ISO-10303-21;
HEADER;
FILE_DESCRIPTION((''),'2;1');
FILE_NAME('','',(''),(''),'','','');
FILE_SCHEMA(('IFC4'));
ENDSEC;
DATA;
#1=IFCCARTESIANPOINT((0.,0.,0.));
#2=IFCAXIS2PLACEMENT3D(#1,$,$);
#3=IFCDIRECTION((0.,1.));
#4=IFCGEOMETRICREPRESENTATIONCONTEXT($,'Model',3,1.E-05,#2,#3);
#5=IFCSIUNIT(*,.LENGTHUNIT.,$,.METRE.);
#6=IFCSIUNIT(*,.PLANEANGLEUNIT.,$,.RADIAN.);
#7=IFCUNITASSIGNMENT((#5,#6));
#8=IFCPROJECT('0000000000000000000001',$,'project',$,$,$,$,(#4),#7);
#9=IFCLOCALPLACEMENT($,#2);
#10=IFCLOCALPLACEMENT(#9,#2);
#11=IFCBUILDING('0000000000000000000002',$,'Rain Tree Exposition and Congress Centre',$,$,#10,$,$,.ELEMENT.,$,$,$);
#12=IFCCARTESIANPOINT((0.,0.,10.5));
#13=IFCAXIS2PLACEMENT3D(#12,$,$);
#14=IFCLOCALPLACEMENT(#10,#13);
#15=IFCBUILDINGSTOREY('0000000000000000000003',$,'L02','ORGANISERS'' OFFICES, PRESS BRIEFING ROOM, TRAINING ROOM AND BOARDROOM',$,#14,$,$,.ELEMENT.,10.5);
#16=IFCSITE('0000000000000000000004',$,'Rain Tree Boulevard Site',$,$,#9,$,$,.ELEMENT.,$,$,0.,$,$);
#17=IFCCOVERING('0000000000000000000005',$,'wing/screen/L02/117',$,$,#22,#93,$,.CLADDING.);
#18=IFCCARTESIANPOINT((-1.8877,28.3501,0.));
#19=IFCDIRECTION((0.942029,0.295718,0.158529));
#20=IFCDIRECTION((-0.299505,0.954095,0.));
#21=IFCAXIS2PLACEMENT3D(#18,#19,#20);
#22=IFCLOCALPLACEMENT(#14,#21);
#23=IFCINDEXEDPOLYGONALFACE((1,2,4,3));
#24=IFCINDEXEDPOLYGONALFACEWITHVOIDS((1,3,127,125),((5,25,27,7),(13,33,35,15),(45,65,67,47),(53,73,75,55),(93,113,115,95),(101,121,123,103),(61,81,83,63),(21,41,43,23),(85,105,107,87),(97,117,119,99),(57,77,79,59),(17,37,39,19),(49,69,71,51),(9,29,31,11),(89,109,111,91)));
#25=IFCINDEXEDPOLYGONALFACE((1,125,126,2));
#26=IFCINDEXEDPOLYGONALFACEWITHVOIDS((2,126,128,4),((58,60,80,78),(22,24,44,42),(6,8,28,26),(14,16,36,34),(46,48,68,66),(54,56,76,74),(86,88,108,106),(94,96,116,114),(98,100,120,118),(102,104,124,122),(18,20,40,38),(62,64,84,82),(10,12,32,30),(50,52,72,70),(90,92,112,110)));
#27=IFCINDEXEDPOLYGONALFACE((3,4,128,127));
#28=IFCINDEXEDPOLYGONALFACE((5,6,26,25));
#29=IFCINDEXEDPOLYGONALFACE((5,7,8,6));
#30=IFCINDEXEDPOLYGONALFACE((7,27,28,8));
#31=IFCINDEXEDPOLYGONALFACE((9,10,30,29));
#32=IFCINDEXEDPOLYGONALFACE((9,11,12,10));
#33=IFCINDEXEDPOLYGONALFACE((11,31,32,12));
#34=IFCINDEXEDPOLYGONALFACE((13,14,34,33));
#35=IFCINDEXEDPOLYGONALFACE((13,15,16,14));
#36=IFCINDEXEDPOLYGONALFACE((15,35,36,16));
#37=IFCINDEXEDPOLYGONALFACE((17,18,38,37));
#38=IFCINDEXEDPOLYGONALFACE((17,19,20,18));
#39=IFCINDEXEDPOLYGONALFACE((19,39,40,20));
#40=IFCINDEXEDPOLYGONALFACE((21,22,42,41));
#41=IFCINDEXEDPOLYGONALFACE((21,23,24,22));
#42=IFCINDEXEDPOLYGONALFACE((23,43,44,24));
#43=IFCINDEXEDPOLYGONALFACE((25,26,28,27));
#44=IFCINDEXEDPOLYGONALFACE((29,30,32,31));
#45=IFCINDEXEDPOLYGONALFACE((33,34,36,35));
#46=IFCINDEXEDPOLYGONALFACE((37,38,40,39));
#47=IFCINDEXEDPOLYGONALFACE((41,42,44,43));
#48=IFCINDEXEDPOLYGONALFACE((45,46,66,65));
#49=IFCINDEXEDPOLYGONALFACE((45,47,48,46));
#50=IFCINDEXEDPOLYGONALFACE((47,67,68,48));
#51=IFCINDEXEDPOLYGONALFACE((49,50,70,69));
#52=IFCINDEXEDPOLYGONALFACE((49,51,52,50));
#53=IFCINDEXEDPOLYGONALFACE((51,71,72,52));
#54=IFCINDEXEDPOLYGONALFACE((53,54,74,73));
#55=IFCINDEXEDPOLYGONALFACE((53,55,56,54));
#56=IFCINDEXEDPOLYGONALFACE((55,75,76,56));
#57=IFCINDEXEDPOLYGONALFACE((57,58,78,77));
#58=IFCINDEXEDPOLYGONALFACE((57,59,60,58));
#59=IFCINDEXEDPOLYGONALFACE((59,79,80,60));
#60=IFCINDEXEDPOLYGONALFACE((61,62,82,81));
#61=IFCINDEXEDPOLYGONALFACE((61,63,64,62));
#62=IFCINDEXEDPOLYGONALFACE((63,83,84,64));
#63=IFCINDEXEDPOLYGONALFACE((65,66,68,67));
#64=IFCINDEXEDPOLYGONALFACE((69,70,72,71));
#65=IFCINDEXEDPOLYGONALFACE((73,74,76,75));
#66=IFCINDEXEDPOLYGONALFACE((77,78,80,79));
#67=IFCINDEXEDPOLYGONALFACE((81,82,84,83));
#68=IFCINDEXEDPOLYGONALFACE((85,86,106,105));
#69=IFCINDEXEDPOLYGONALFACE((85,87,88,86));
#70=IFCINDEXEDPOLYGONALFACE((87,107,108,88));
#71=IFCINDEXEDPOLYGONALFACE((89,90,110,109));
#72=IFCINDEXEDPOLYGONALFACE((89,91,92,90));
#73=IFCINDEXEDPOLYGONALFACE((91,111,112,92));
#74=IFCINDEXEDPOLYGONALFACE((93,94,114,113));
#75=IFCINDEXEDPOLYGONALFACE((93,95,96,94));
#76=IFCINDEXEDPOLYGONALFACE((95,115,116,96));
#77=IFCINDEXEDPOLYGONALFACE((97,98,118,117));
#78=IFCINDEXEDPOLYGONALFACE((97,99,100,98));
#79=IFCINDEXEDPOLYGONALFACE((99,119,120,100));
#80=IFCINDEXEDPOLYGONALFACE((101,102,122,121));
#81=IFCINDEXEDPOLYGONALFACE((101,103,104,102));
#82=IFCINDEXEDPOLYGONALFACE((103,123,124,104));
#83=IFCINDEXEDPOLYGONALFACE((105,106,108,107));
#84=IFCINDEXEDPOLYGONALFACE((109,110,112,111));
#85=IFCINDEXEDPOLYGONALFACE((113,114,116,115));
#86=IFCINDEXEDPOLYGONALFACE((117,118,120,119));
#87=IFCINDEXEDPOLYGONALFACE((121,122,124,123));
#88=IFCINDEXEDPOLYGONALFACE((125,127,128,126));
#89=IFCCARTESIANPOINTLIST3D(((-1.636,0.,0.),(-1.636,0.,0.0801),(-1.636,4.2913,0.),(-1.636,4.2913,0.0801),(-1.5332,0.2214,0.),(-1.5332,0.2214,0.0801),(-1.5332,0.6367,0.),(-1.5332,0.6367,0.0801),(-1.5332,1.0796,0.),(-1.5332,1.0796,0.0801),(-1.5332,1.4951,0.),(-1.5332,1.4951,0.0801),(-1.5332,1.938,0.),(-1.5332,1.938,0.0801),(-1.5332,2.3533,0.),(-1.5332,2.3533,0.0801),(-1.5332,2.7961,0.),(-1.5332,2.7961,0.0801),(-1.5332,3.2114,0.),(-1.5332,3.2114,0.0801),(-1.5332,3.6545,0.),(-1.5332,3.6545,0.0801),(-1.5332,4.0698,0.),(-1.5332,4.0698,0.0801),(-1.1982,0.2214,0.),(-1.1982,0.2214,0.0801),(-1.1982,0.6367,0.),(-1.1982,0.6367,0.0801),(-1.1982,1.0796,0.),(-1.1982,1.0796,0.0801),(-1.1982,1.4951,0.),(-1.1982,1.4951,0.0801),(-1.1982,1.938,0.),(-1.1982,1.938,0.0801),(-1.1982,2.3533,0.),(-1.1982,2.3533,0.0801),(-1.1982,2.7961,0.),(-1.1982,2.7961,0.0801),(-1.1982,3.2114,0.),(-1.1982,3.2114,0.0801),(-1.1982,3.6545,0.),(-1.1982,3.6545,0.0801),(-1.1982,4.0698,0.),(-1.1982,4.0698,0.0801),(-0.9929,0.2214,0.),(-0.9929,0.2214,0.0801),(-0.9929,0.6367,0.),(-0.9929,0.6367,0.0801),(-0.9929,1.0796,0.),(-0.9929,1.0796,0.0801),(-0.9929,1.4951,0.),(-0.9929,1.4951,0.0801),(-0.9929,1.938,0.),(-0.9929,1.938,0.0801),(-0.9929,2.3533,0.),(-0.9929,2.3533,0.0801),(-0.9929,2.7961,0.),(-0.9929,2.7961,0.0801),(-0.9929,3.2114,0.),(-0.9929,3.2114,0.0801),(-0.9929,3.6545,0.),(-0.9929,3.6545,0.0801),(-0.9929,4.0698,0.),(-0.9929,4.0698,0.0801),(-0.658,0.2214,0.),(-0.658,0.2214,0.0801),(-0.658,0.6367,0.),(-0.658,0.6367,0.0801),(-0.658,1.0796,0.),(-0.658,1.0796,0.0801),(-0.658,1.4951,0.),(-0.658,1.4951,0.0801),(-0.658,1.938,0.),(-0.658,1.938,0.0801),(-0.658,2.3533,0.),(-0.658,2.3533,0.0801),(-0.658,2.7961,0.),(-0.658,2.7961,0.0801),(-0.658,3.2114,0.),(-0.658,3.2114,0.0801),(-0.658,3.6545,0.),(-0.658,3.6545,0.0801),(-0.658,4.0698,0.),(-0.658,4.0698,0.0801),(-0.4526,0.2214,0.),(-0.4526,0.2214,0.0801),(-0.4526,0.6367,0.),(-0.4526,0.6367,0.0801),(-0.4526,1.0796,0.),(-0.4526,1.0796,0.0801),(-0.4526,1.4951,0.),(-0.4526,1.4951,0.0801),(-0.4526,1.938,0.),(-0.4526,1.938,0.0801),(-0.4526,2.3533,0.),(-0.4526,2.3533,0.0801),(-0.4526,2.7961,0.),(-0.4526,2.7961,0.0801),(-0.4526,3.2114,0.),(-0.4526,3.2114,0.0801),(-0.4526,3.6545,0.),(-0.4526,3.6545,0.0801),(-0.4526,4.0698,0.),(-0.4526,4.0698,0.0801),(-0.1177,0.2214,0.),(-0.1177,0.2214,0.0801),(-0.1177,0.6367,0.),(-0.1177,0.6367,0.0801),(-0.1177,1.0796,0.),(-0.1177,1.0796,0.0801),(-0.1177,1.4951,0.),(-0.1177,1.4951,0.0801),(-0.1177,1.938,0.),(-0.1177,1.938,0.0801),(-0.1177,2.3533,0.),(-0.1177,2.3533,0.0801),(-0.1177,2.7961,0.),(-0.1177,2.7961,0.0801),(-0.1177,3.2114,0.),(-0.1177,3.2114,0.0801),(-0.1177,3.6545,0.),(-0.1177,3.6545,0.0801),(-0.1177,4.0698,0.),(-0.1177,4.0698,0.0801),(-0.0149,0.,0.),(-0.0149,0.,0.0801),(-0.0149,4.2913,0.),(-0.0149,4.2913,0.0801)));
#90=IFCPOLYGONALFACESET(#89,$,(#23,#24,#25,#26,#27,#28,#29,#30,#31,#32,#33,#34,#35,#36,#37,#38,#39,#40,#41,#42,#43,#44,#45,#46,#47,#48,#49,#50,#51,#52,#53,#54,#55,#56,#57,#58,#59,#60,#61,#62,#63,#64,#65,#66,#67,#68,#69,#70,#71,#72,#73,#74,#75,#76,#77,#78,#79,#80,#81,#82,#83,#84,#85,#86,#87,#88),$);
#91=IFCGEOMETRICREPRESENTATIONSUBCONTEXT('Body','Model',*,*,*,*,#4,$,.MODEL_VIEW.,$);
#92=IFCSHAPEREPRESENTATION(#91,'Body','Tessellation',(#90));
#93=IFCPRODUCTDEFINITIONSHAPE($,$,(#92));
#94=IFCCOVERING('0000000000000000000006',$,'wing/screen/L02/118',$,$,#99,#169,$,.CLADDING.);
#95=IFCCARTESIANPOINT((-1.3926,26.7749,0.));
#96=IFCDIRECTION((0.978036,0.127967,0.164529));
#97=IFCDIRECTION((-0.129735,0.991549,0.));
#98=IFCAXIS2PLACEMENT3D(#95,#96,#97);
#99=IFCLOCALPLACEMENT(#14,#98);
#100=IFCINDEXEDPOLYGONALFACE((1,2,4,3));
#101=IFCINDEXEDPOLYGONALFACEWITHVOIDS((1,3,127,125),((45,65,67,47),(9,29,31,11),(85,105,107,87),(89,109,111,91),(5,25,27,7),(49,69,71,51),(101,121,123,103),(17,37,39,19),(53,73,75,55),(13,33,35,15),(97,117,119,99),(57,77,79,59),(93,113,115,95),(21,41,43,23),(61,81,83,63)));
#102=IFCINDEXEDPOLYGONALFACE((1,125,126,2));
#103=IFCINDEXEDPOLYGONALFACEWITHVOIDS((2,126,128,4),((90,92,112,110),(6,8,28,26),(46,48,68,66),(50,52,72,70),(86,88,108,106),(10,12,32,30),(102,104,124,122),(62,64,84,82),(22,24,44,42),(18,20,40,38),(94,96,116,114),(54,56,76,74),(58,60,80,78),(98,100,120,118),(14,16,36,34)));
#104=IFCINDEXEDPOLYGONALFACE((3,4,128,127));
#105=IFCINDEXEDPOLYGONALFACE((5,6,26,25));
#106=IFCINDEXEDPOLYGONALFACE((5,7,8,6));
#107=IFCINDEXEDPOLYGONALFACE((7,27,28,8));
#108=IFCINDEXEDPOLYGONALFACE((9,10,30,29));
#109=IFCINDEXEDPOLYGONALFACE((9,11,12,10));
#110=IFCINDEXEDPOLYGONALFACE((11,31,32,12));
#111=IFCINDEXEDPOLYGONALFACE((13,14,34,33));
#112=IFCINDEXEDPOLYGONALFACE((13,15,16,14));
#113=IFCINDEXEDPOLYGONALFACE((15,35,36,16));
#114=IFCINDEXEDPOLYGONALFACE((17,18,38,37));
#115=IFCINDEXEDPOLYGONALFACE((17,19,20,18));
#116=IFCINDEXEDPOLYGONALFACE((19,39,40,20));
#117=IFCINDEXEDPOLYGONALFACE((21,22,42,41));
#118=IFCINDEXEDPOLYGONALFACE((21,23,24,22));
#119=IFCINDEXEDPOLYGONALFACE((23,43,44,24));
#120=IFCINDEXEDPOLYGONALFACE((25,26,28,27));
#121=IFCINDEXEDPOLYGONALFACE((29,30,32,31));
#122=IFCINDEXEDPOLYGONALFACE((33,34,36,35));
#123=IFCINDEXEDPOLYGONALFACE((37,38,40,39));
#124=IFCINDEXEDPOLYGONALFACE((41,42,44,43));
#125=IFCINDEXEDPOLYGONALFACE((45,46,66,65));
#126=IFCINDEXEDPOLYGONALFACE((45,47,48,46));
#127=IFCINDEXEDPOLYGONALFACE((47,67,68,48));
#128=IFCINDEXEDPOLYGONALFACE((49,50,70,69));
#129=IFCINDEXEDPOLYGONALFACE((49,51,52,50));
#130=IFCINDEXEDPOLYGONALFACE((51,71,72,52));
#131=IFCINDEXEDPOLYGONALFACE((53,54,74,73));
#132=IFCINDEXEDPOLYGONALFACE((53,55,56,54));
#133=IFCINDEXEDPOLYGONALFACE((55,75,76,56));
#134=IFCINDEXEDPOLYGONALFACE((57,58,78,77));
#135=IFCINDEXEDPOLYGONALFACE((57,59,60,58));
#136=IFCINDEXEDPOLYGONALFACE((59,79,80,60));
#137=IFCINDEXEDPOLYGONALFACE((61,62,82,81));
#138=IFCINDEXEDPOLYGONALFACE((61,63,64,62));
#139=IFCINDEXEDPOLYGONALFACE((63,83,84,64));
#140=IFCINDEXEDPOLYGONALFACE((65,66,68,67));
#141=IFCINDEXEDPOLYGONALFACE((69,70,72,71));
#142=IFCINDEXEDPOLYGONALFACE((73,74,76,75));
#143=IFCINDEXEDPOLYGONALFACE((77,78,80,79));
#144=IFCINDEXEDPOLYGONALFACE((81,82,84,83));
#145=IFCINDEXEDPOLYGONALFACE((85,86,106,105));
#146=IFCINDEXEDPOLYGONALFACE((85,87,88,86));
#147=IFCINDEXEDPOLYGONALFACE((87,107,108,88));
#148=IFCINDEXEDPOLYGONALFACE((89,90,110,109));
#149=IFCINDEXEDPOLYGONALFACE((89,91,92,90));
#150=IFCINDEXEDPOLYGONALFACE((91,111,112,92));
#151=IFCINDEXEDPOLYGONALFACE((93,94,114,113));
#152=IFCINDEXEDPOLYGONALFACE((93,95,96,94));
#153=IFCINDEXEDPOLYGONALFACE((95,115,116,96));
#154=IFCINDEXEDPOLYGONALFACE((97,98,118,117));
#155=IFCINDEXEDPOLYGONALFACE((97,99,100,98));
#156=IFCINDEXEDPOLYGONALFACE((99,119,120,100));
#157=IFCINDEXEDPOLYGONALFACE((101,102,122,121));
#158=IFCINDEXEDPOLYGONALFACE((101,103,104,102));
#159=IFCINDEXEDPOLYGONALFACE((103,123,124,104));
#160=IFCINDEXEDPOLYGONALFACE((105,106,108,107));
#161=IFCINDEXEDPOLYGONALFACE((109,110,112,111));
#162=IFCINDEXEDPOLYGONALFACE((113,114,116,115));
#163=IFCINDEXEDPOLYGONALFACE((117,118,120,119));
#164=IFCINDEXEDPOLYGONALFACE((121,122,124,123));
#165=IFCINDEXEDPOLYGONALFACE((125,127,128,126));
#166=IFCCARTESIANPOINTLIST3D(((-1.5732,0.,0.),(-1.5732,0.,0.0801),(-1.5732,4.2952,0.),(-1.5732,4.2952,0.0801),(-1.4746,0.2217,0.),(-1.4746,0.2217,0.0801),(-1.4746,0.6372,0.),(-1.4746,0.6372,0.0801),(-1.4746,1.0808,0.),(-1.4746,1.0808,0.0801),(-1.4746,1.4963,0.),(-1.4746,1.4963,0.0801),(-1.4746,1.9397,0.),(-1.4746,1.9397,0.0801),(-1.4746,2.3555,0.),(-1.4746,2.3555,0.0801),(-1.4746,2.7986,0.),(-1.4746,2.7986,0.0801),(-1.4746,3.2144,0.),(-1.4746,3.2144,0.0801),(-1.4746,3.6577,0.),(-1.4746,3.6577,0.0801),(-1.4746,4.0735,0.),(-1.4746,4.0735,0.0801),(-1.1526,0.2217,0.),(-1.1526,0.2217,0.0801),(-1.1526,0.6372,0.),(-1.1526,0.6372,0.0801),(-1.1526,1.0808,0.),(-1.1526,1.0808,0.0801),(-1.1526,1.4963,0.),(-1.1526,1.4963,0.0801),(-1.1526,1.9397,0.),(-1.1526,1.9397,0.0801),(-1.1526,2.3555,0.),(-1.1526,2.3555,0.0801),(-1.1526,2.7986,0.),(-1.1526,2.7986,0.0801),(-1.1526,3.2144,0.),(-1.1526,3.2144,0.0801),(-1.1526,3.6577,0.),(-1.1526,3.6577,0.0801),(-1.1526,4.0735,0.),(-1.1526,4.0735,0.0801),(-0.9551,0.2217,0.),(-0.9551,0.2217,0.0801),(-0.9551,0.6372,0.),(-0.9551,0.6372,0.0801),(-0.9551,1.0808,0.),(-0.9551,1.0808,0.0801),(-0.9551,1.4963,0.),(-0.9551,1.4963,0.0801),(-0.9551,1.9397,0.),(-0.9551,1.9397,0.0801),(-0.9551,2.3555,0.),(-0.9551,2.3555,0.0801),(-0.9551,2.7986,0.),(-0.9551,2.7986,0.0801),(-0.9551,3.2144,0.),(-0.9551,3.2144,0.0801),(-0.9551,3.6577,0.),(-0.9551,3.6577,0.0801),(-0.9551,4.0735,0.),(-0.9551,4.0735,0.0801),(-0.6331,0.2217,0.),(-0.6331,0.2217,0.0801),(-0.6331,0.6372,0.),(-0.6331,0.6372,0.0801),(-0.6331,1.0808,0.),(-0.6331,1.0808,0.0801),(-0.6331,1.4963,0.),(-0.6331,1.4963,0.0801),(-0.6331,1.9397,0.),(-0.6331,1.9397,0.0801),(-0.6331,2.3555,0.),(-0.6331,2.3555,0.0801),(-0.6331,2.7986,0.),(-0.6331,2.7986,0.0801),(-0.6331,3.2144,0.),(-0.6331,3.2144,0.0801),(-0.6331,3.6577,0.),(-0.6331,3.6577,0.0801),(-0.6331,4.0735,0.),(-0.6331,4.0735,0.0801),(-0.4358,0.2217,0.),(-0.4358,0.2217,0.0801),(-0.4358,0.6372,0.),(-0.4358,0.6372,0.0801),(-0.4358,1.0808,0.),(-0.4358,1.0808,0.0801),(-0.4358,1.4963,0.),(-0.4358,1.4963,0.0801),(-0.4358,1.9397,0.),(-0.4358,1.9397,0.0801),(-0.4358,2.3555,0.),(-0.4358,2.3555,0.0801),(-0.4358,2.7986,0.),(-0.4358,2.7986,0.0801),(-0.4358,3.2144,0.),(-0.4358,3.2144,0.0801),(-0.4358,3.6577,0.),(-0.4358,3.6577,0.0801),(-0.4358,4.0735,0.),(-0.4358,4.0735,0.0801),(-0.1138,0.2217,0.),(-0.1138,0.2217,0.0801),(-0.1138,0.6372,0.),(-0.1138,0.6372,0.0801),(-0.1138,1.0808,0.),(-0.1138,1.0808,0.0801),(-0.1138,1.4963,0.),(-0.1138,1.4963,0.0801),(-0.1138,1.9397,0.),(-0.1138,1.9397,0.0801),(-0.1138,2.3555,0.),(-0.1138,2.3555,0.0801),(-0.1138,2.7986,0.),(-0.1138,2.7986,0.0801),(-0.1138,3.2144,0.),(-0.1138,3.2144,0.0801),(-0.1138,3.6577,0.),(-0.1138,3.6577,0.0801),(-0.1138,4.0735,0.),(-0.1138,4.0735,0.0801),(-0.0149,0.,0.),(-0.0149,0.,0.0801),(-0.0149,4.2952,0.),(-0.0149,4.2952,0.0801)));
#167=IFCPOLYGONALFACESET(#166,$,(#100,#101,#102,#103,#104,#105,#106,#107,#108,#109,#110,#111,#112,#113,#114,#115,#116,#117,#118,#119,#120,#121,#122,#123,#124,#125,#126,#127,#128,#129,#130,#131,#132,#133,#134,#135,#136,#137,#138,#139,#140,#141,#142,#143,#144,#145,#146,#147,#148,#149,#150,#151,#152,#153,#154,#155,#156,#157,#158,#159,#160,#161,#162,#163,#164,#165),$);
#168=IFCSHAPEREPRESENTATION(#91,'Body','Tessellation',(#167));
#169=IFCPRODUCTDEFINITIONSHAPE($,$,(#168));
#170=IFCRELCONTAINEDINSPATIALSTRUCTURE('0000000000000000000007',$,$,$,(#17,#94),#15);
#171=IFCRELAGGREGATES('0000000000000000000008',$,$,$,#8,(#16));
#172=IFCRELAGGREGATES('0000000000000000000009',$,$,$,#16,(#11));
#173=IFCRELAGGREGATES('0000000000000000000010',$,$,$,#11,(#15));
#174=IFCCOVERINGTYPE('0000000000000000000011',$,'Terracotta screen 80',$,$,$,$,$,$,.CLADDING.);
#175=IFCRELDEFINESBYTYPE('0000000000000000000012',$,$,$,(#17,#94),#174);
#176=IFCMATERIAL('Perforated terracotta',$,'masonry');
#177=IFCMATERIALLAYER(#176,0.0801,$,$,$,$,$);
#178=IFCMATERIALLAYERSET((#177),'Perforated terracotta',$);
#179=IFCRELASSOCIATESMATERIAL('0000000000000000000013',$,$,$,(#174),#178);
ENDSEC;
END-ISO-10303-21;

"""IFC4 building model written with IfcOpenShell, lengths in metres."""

from ifc_helpers import new_model, si_unit, direction, frame, origin, place, context, subcontext, project, spatial, polyline, outline, extrude, material, layer, layer_set, type_object, element, save


model = new_model("IFC4")

# Units and contexts
model_context = context("Model", 3, precision=1e-05, world=origin(), true_north=direction((0.0, 1.0)))
body_context = subcontext(model_context, "Body", "Model", "MODEL_VIEW")
ifc_project = project(units=[si_unit("LENGTHUNIT", "METRE"), si_unit("PLANEANGLEUNIT", "RADIAN")], contexts=[model_context])

# Site, building, storey
site_placement = place(None, origin())
site = spatial("IfcSite", under=ifc_project, at=site_placement, Name="Rain Tree Boulevard Site", CompositionType="ELEMENT", RefElevation=0.0)
building_placement = place(site_placement, origin())
building = spatial("IfcBuilding", under=site, at=building_placement, Name="Rain Tree Exposition and Congress Centre", CompositionType="ELEMENT")
storey_placement = place(building_placement, frame((0.0, 0.0, 10.5)))
storey = spatial("IfcBuildingStorey", under=building, at=storey_placement, Name="L02", Description="ORGANISERS' OFFICES, PRESS BRIEFING ROOM, TRAINING ROOM AND BOARDROOM", CompositionType="ELEMENT", Elevation=10.5)

# Coverings
ifc_material_1 = material(Name="Perforated terracotta", Category="masonry")
ifc_layer_1 = layer(ifc_material_1, 0.0801)
ifc_layer_set_1 = layer_set([ifc_layer_1], Name="Perforated terracotta")
covering_type = type_object("IfcCoveringType", Name="Terracotta screen 80", PredefinedType="CLADDING", material=ifc_layer_set_1)
covering_1_placement = place(storey_placement, frame((-1.8877, 28.3501, 0.0), z_axis=(0.942029, 0.295718, 0.158529), x_axis=(-0.299505, 0.954095, 0.0)))
element("IfcCovering", 1, at=covering_1_placement, inside=storey, type_object=covering_type, Name="wing/screen/L02/117", PredefinedType="CLADDING", context=body_context, shape_type="SweptSolid", body=[
    extrude(outline(polyline([(-1.636, 0.0), (-1.636, 4.2913), (-0.0149, 4.2913), (-0.0149, 0.0), (-1.636, 0.0)]), holes=[polyline([(-0.1177, 0.2214), (-0.1177, 0.6367), (-0.4526, 0.6367), (-0.4526, 0.2214), (-0.1177, 0.2214)]), polyline([(-0.1177, 1.0796), (-0.1177, 1.4951), (-0.4526, 1.4951), (-0.4526, 1.0796), (-0.1177, 1.0796)]), polyline([(-0.1177, 1.938), (-0.1177, 2.3533), (-0.4526, 2.3533), (-0.4526, 1.938), (-0.1177, 1.938)]), polyline([(-0.1177, 2.7961), (-0.1177, 3.2114), (-0.4526, 3.2114), (-0.4526, 2.7961), (-0.1177, 2.7961)]), polyline([(-0.1177, 3.6545), (-0.1177, 4.0698), (-0.4526, 4.0698), (-0.4526, 3.6545), (-0.1177, 3.6545)]), polyline([(-0.658, 0.2214), (-0.658, 0.6367), (-0.9929, 0.6367), (-0.9929, 0.2214), (-0.658, 0.2214)]), polyline([(-0.658, 1.0796), (-0.658, 1.4951), (-0.9929, 1.4951), (-0.9929, 1.0796), (-0.658, 1.0796)]), polyline([(-0.658, 1.938), (-0.658, 2.3533), (-0.9929, 2.3533), (-0.9929, 1.938), (-0.658, 1.938)]), polyline([(-0.658, 2.7961), (-0.658, 3.2114), (-0.9929, 3.2114), (-0.9929, 2.7961), (-0.658, 2.7961)]), polyline([(-0.658, 3.6545), (-0.658, 4.0698), (-0.9929, 4.0698), (-0.9929, 3.6545), (-0.658, 3.6545)]), polyline([(-1.1982, 0.2214), (-1.1982, 0.6367), (-1.5332, 0.6367), (-1.5332, 0.2214), (-1.1982, 0.2214)]), polyline([(-1.1982, 1.0796), (-1.1982, 1.4951), (-1.5332, 1.4951), (-1.5332, 1.0796), (-1.1982, 1.0796)]), polyline([(-1.1982, 1.938), (-1.1982, 2.3533), (-1.5332, 2.3533), (-1.5332, 1.938), (-1.1982, 1.938)]), polyline([(-1.1982, 2.7961), (-1.1982, 3.2114), (-1.5332, 3.2114), (-1.5332, 2.7961), (-1.1982, 2.7961)]), polyline([(-1.1982, 3.6545), (-1.1982, 4.0698), (-1.5332, 4.0698), (-1.5332, 3.6545), (-1.1982, 3.6545)])]), origin(), (0.0, 0.0, 1.0), 0.0801),
])
covering_2_placement = place(storey_placement, frame((-1.3926, 26.7749, 0.0), z_axis=(0.978036, 0.127967, 0.164529), x_axis=(-0.129735, 0.991549, 0.0)))
element("IfcCovering", 2, at=covering_2_placement, inside=storey, type_object=covering_type, Name="wing/screen/L02/118", PredefinedType="CLADDING", context=body_context, shape_type="SweptSolid", body=[
    extrude(outline(polyline([(-1.5732, 0.0), (-1.5732, 4.2952), (-0.0149, 4.2952), (-0.0149, 0.0), (-1.5732, 0.0)]), holes=[polyline([(-0.1138, 0.2217), (-0.1138, 0.6372), (-0.4358, 0.6372), (-0.4358, 0.2217), (-0.1138, 0.2217)]), polyline([(-0.1138, 1.0808), (-0.1138, 1.4963), (-0.4358, 1.4963), (-0.4358, 1.0808), (-0.1138, 1.0808)]), polyline([(-0.1138, 1.9397), (-0.1138, 2.3555), (-0.4358, 2.3555), (-0.4358, 1.9397), (-0.1138, 1.9397)]), polyline([(-0.1138, 2.7986), (-0.1138, 3.2144), (-0.4358, 3.2144), (-0.4358, 2.7986), (-0.1138, 2.7986)]), polyline([(-0.1138, 3.6577), (-0.1138, 4.0735), (-0.4358, 4.0735), (-0.4358, 3.6577), (-0.1138, 3.6577)]), polyline([(-0.6331, 0.2217), (-0.6331, 0.6372), (-0.9551, 0.6372), (-0.9551, 0.2217), (-0.6331, 0.2217)]), polyline([(-0.6331, 1.0808), (-0.6331, 1.4963), (-0.9551, 1.4963), (-0.9551, 1.0808), (-0.6331, 1.0808)]), polyline([(-0.6331, 1.9397), (-0.6331, 2.3555), (-0.9551, 2.3555), (-0.9551, 1.9397), (-0.6331, 1.9397)]), polyline([(-0.6331, 2.7986), (-0.6331, 3.2144), (-0.9551, 3.2144), (-0.9551, 2.7986), (-0.6331, 2.7986)]), polyline([(-0.6331, 3.6577), (-0.6331, 4.0735), (-0.9551, 4.0735), (-0.9551, 3.6577), (-0.6331, 3.6577)]), polyline([(-1.1526, 0.2217), (-1.1526, 0.6372), (-1.4746, 0.6372), (-1.4746, 0.2217), (-1.1526, 0.2217)]), polyline([(-1.1526, 1.0808), (-1.1526, 1.4963), (-1.4746, 1.4963), (-1.4746, 1.0808), (-1.1526, 1.0808)]), polyline([(-1.1526, 1.9397), (-1.1526, 2.3555), (-1.4746, 2.3555), (-1.4746, 1.9397), (-1.1526, 1.9397)]), polyline([(-1.1526, 2.7986), (-1.1526, 3.2144), (-1.4746, 3.2144), (-1.4746, 2.7986), (-1.1526, 2.7986)]), polyline([(-1.1526, 3.6577), (-1.1526, 4.0735), (-1.4746, 4.0735), (-1.4746, 3.6577), (-1.1526, 3.6577)])]), origin(), (0.0, 0.0, 1.0), 0.0801),
])

save(model, "model.ifc")
